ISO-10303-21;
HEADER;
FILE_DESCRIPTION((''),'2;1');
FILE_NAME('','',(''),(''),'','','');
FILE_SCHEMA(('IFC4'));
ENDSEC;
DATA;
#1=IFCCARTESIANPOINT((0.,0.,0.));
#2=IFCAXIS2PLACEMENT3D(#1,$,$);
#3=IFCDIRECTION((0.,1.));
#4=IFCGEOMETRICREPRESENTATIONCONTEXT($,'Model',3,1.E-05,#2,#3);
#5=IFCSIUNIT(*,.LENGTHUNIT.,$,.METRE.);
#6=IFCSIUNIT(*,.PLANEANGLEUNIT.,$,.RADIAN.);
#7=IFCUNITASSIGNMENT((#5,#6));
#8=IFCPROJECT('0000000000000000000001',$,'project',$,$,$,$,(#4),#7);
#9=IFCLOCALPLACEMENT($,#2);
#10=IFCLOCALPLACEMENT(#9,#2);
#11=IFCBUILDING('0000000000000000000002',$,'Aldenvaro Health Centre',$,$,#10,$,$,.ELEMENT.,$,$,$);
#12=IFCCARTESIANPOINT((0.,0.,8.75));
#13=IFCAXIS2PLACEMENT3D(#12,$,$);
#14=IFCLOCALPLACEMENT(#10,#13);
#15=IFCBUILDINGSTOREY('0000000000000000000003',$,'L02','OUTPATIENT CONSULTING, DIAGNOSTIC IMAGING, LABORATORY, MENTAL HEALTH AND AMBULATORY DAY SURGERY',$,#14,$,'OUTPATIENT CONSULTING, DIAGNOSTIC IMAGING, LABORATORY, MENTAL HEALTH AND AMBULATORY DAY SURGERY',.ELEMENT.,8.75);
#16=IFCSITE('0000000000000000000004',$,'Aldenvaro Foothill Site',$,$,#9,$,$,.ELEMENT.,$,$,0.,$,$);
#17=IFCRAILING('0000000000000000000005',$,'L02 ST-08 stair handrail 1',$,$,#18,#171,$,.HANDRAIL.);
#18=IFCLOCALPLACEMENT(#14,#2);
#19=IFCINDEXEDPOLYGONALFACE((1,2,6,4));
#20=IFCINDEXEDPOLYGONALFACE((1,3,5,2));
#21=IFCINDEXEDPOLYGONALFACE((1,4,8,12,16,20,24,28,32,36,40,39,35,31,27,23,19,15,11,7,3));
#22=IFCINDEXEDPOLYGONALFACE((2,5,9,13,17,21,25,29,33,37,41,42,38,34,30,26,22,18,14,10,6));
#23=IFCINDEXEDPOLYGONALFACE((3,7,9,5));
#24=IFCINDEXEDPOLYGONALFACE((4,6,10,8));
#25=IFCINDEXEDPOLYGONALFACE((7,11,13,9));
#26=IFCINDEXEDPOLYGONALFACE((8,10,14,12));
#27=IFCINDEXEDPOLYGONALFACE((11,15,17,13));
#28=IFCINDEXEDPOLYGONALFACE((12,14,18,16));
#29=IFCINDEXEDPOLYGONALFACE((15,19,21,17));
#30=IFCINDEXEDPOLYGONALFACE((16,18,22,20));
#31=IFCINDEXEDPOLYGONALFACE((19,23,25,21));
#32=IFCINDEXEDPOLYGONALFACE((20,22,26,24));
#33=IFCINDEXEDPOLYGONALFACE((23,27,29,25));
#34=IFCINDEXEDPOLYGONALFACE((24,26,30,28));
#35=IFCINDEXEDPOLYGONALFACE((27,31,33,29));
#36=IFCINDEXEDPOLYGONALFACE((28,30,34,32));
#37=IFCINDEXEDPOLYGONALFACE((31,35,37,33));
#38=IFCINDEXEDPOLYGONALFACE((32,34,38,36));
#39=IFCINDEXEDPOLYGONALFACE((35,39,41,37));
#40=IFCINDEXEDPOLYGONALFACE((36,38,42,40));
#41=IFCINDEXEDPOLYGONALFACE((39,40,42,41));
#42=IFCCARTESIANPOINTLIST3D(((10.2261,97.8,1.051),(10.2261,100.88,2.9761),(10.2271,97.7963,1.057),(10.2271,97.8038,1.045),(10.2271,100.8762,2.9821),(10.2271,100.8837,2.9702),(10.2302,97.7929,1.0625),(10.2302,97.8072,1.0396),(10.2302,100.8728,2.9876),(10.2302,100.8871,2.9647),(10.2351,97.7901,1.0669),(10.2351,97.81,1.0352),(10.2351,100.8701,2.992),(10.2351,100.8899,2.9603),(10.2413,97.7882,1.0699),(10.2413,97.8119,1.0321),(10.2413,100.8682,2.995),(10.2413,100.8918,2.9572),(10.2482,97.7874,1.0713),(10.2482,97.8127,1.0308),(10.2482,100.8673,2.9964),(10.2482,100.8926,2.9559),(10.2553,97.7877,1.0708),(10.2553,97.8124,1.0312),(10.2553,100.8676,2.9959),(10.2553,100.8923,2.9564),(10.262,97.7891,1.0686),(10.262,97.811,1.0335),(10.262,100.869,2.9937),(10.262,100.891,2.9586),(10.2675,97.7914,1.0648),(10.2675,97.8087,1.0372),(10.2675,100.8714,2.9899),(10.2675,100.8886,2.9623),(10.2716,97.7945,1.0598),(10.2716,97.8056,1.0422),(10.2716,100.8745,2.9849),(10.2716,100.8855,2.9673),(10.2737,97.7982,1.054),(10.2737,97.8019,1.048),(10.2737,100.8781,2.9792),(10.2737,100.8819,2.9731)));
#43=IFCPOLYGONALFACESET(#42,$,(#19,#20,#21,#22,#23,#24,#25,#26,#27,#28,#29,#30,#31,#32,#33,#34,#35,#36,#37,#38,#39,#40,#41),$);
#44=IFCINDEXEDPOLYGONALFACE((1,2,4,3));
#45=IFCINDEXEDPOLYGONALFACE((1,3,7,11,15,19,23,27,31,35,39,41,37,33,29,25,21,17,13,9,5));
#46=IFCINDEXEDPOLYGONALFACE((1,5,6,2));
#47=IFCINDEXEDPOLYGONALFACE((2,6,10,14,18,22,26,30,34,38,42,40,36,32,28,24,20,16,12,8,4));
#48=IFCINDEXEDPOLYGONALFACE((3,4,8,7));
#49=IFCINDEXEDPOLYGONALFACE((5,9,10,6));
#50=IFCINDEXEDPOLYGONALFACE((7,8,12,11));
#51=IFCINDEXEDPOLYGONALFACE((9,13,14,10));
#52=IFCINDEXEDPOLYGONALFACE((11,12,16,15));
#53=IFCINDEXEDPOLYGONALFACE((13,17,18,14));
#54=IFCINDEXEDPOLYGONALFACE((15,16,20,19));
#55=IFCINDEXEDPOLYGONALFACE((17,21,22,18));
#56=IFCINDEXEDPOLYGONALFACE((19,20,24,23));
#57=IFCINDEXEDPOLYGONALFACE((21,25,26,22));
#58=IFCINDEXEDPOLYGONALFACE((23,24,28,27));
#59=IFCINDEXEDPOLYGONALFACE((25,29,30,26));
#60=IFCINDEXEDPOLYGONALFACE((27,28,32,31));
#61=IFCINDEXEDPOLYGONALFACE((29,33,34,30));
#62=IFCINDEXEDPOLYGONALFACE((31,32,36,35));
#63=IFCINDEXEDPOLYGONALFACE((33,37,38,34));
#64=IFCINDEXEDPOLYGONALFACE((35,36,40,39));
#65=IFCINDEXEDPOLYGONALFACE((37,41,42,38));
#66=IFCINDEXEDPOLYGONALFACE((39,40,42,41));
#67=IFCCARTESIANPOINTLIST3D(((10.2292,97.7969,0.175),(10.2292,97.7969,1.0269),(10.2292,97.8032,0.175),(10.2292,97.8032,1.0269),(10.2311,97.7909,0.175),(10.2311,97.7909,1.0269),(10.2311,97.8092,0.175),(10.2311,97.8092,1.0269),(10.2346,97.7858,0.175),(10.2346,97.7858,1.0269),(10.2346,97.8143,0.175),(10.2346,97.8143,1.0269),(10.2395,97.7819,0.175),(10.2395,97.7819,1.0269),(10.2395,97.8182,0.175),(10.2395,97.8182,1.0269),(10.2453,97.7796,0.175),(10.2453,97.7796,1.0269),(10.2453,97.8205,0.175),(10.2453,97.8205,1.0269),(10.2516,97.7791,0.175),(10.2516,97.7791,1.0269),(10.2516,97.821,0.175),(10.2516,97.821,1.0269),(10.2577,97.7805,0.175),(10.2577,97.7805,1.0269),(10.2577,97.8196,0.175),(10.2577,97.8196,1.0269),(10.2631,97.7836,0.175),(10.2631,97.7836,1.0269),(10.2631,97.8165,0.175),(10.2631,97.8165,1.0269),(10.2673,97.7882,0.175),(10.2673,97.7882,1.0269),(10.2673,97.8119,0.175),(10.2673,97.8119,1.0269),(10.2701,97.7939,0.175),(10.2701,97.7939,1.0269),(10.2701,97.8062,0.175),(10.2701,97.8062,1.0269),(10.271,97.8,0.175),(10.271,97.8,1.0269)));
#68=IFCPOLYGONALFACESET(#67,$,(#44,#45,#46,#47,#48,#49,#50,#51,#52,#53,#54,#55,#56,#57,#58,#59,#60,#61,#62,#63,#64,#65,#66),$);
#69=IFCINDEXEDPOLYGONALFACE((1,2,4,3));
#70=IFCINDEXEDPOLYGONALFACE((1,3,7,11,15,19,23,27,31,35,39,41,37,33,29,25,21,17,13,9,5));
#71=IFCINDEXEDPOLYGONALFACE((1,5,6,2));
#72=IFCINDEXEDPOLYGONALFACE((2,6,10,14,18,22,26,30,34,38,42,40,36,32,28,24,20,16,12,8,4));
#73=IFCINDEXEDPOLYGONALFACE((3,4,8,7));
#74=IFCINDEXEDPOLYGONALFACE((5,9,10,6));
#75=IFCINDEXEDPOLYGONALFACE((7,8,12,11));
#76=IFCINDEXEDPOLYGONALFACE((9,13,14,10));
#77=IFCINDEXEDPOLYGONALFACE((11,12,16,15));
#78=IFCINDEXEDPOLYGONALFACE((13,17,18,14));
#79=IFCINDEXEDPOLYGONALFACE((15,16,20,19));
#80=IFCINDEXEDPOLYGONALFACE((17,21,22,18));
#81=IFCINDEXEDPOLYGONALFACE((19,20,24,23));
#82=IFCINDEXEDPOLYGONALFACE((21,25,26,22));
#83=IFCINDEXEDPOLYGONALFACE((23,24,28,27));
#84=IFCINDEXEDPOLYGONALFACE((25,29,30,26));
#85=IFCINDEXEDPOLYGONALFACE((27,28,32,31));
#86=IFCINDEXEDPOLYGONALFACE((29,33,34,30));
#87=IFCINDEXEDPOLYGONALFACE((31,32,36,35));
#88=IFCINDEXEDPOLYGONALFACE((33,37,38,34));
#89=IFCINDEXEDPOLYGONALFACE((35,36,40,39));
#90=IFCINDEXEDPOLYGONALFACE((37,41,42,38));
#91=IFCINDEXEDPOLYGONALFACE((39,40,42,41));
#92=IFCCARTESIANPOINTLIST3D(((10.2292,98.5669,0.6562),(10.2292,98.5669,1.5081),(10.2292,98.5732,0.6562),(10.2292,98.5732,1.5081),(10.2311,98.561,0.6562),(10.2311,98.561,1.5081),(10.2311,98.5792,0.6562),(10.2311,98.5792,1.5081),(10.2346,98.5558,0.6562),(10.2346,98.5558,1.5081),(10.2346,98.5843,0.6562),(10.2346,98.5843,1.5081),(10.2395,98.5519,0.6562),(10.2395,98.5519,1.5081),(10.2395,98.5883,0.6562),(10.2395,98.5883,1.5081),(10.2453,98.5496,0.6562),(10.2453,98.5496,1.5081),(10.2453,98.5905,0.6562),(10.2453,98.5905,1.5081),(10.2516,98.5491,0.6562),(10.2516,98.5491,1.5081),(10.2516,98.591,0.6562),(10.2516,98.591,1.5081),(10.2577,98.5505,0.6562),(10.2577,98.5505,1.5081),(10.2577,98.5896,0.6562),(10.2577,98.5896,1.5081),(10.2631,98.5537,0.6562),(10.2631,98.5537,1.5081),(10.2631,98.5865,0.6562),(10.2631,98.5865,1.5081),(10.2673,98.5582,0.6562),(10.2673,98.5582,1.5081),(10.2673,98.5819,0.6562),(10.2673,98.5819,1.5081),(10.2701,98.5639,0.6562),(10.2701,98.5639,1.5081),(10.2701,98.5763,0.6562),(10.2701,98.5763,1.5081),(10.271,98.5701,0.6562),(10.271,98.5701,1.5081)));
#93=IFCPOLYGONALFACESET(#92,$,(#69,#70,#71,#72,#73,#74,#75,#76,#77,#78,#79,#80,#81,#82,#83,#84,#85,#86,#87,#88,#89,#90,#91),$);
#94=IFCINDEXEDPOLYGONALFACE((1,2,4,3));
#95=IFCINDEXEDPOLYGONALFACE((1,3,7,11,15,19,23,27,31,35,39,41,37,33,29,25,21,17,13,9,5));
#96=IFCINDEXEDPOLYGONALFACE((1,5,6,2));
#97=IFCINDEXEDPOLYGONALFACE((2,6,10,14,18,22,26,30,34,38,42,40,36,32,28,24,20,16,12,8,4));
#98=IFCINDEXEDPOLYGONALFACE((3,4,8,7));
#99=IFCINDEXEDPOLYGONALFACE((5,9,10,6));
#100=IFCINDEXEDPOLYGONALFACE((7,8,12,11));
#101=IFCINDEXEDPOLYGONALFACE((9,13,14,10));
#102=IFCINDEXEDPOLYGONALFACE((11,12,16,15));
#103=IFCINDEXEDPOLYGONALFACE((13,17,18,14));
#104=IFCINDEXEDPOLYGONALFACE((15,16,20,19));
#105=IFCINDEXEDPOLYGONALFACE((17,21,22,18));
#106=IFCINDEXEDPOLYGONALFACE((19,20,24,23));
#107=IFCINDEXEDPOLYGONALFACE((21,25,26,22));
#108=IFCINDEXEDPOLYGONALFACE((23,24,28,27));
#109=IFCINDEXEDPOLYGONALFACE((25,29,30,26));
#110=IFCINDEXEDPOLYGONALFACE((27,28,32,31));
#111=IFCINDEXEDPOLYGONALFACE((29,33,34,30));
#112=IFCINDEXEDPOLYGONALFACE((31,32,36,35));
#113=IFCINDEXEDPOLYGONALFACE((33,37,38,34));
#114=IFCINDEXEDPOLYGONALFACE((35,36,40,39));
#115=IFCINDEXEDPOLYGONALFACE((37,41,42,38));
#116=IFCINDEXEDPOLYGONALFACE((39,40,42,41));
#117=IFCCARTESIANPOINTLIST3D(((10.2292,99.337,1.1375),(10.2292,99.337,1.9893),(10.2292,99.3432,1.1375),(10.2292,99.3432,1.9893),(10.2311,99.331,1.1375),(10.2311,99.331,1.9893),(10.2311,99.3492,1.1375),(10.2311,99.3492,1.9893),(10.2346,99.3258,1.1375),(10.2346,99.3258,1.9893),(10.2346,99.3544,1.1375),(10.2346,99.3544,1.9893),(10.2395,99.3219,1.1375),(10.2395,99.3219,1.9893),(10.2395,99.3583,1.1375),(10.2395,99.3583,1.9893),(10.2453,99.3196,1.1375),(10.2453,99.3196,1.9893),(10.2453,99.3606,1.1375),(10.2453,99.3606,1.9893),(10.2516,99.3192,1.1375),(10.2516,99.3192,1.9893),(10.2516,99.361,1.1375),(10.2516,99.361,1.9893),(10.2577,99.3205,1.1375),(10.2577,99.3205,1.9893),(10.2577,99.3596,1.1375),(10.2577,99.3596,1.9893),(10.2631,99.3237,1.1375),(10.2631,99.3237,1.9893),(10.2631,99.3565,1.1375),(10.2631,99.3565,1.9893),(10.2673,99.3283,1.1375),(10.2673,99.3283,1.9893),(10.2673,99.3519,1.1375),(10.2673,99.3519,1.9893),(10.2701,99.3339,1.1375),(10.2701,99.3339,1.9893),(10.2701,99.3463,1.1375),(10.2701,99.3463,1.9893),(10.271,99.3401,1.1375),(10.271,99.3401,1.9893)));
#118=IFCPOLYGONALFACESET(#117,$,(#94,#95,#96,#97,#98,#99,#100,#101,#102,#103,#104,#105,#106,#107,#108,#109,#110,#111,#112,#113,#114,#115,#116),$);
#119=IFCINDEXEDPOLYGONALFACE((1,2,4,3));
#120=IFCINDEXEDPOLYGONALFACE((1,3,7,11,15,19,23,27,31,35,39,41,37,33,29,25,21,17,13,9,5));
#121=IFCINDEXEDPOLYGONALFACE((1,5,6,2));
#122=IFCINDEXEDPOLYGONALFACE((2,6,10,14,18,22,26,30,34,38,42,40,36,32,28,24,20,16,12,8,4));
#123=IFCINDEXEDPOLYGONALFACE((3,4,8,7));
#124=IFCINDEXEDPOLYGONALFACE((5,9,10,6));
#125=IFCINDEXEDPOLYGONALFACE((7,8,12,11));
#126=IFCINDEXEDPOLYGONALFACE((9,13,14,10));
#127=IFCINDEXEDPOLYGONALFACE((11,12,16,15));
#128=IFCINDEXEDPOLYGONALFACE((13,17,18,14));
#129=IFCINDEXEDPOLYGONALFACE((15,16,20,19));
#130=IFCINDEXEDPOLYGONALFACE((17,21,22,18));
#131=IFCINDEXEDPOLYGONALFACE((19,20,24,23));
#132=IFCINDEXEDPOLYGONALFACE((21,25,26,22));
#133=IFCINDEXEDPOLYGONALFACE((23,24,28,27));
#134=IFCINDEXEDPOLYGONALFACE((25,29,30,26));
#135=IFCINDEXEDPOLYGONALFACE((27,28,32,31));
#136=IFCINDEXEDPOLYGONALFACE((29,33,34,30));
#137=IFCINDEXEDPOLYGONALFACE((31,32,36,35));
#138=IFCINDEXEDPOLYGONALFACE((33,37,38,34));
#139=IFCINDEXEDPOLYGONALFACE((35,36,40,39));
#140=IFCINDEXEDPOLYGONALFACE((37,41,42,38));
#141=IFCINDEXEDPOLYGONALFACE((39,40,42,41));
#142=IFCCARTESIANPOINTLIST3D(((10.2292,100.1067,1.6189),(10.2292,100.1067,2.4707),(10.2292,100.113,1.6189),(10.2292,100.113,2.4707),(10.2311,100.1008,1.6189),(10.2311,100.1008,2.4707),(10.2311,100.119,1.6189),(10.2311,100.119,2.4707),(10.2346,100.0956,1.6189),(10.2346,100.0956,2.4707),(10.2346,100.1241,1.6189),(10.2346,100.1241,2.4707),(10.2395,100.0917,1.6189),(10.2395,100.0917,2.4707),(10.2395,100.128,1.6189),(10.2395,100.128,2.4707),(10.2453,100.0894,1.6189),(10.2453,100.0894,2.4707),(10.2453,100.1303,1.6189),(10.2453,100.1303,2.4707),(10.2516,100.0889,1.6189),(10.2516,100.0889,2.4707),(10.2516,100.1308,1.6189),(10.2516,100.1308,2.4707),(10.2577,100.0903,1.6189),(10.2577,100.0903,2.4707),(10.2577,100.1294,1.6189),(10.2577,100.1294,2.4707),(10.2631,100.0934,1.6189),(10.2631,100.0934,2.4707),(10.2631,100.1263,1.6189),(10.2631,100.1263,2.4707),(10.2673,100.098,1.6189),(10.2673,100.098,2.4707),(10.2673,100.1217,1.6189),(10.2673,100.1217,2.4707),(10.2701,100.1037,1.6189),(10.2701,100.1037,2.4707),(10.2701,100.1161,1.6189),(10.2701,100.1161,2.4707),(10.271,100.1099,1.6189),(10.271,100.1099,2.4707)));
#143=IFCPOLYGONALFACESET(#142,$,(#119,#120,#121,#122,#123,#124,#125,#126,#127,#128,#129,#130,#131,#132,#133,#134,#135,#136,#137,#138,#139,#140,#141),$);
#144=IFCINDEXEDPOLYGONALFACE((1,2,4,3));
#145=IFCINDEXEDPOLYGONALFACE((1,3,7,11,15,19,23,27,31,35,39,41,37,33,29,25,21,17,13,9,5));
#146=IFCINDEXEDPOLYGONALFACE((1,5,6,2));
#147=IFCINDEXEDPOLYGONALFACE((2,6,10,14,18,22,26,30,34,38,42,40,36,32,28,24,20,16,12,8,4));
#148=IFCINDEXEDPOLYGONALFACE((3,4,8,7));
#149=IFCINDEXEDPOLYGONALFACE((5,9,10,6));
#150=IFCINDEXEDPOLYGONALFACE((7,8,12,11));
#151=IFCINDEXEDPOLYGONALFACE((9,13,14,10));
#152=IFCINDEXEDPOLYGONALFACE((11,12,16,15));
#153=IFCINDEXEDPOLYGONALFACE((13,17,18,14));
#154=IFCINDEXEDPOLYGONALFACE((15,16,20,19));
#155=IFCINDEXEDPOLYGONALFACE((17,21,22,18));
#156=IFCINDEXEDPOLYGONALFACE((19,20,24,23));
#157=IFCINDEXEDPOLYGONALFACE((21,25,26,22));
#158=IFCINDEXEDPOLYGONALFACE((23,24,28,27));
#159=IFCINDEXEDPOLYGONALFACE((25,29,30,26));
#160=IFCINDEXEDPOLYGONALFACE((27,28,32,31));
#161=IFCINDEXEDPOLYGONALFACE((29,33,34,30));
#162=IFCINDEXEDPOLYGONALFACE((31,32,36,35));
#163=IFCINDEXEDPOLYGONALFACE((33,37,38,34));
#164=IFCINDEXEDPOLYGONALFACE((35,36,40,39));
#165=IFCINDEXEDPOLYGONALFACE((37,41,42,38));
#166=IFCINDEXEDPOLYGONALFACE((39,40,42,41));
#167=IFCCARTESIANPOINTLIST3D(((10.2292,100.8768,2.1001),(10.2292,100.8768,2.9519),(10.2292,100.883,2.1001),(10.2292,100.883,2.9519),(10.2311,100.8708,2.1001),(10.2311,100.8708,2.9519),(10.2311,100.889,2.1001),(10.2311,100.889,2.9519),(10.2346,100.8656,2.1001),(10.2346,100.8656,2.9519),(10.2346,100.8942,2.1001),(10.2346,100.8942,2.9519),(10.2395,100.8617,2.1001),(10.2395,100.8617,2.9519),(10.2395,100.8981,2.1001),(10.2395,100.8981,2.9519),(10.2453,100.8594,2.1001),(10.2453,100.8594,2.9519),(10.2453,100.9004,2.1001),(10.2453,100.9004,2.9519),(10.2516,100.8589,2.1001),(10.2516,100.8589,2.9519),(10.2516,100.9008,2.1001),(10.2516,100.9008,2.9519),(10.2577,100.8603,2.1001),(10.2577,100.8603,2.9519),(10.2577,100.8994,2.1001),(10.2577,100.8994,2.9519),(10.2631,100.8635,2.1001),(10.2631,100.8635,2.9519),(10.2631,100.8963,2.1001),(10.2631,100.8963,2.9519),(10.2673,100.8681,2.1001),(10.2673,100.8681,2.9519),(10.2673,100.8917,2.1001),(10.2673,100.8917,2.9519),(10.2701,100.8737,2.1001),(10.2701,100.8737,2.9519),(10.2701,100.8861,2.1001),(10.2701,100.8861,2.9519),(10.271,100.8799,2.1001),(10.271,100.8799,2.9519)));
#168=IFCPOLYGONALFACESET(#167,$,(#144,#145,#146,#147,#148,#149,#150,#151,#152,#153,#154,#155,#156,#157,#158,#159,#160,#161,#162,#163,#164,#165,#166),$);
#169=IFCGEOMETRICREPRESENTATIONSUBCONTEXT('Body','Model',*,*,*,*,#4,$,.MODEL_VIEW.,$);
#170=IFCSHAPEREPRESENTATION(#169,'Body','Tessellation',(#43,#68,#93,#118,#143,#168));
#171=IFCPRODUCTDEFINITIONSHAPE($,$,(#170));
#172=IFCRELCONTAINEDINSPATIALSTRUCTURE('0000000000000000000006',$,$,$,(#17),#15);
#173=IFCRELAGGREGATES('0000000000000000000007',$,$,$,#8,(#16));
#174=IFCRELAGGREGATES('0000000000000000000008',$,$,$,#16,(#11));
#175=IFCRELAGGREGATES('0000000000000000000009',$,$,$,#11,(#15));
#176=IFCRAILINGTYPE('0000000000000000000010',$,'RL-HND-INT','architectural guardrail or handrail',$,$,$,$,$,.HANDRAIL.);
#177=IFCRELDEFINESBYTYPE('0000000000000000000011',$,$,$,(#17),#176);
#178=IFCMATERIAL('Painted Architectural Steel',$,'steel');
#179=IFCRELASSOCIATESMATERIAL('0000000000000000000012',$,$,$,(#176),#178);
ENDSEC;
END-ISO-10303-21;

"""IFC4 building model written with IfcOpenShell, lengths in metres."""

from ifc_helpers import new_model, si_unit, direction, frame, origin, origin_2d, place, context, subcontext, project, spatial, circle, extrude, material, type_object, element, save


model = new_model("IFC4")

# Units and contexts
model_context = context("Model", 3, precision=1e-05, world=origin(), true_north=direction((0.0, 1.0)))
body_context = subcontext(model_context, "Body", "Model", "MODEL_VIEW")
ifc_project = project(units=[si_unit("LENGTHUNIT", "METRE"), si_unit("PLANEANGLEUNIT", "RADIAN")], contexts=[model_context])

# Site, building, storey
site_placement = place(None, origin())
site = spatial("IfcSite", under=ifc_project, at=site_placement, Name="Aldenvaro Foothill Site", CompositionType="ELEMENT", RefElevation=0.0)
building_placement = place(site_placement, origin())
building = spatial("IfcBuilding", under=site, at=building_placement, Name="Aldenvaro Health Centre", CompositionType="ELEMENT")
storey_placement = place(building_placement, frame((0.0, 0.0, 8.75)))
storey = spatial("IfcBuildingStorey", under=building, at=storey_placement, Name="L02", Description="OUTPATIENT CONSULTING, DIAGNOSTIC IMAGING, LABORATORY, MENTAL HEALTH AND AMBULATORY DAY SURGERY", LongName="OUTPATIENT CONSULTING, DIAGNOSTIC IMAGING, LABORATORY, MENTAL HEALTH AND AMBULATORY DAY SURGERY", CompositionType="ELEMENT", Elevation=8.75)

# Railing
ifc_material_1 = material(Name="Painted Architectural Steel", Category="steel")
railing_type_1 = type_object("IfcRailingType", Name="RL-HND-INT", Description="architectural guardrail or handrail", PredefinedType="HANDRAIL", material=ifc_material_1)
railing_1_placement = place(storey_placement, frame((10.25, 97.8, 0.175)))
element("IfcRailing", 1, at=railing_1_placement, inside=storey, type_object=railing_type_1, Name="L02 ST-08 stair handrail 1", PredefinedType="HANDRAIL", context=body_context, shape_type="SweptSolid", body=[
    extrude(circle(Radius=0.0239, at=origin_2d()), frame((0.0, 0.0, 0.876), z_axis=(0.0, 0.847979, 0.530029), x_axis=(-1.0, 0.0, 0.0)), (0.0, 0.0, 1.0), 3.6321),
    extrude(circle(Radius=0.021, at=origin_2d()), origin(), (0.0, 0.0, 1.0), 0.8518),
    extrude(circle(Radius=0.021, at=origin_2d()), frame((0.0, 0.77, 0.4812)), (0.0, 0.0, 1.0), 0.8518),
    extrude(circle(Radius=0.021, at=origin_2d()), frame((0.0, 1.54, 0.9624)), (0.0, 0.0, 1.0), 0.8518),
    extrude(circle(Radius=0.021, at=origin_2d()), frame((0.0, 2.3098, 1.4438)), (0.0, 0.0, 1.0), 0.8518),
    extrude(circle(Radius=0.021, at=origin_2d()), frame((0.0, 3.0798, 1.925)), (0.0, 0.0, 1.0), 0.8518),
])

save(model, "model.ifc")
